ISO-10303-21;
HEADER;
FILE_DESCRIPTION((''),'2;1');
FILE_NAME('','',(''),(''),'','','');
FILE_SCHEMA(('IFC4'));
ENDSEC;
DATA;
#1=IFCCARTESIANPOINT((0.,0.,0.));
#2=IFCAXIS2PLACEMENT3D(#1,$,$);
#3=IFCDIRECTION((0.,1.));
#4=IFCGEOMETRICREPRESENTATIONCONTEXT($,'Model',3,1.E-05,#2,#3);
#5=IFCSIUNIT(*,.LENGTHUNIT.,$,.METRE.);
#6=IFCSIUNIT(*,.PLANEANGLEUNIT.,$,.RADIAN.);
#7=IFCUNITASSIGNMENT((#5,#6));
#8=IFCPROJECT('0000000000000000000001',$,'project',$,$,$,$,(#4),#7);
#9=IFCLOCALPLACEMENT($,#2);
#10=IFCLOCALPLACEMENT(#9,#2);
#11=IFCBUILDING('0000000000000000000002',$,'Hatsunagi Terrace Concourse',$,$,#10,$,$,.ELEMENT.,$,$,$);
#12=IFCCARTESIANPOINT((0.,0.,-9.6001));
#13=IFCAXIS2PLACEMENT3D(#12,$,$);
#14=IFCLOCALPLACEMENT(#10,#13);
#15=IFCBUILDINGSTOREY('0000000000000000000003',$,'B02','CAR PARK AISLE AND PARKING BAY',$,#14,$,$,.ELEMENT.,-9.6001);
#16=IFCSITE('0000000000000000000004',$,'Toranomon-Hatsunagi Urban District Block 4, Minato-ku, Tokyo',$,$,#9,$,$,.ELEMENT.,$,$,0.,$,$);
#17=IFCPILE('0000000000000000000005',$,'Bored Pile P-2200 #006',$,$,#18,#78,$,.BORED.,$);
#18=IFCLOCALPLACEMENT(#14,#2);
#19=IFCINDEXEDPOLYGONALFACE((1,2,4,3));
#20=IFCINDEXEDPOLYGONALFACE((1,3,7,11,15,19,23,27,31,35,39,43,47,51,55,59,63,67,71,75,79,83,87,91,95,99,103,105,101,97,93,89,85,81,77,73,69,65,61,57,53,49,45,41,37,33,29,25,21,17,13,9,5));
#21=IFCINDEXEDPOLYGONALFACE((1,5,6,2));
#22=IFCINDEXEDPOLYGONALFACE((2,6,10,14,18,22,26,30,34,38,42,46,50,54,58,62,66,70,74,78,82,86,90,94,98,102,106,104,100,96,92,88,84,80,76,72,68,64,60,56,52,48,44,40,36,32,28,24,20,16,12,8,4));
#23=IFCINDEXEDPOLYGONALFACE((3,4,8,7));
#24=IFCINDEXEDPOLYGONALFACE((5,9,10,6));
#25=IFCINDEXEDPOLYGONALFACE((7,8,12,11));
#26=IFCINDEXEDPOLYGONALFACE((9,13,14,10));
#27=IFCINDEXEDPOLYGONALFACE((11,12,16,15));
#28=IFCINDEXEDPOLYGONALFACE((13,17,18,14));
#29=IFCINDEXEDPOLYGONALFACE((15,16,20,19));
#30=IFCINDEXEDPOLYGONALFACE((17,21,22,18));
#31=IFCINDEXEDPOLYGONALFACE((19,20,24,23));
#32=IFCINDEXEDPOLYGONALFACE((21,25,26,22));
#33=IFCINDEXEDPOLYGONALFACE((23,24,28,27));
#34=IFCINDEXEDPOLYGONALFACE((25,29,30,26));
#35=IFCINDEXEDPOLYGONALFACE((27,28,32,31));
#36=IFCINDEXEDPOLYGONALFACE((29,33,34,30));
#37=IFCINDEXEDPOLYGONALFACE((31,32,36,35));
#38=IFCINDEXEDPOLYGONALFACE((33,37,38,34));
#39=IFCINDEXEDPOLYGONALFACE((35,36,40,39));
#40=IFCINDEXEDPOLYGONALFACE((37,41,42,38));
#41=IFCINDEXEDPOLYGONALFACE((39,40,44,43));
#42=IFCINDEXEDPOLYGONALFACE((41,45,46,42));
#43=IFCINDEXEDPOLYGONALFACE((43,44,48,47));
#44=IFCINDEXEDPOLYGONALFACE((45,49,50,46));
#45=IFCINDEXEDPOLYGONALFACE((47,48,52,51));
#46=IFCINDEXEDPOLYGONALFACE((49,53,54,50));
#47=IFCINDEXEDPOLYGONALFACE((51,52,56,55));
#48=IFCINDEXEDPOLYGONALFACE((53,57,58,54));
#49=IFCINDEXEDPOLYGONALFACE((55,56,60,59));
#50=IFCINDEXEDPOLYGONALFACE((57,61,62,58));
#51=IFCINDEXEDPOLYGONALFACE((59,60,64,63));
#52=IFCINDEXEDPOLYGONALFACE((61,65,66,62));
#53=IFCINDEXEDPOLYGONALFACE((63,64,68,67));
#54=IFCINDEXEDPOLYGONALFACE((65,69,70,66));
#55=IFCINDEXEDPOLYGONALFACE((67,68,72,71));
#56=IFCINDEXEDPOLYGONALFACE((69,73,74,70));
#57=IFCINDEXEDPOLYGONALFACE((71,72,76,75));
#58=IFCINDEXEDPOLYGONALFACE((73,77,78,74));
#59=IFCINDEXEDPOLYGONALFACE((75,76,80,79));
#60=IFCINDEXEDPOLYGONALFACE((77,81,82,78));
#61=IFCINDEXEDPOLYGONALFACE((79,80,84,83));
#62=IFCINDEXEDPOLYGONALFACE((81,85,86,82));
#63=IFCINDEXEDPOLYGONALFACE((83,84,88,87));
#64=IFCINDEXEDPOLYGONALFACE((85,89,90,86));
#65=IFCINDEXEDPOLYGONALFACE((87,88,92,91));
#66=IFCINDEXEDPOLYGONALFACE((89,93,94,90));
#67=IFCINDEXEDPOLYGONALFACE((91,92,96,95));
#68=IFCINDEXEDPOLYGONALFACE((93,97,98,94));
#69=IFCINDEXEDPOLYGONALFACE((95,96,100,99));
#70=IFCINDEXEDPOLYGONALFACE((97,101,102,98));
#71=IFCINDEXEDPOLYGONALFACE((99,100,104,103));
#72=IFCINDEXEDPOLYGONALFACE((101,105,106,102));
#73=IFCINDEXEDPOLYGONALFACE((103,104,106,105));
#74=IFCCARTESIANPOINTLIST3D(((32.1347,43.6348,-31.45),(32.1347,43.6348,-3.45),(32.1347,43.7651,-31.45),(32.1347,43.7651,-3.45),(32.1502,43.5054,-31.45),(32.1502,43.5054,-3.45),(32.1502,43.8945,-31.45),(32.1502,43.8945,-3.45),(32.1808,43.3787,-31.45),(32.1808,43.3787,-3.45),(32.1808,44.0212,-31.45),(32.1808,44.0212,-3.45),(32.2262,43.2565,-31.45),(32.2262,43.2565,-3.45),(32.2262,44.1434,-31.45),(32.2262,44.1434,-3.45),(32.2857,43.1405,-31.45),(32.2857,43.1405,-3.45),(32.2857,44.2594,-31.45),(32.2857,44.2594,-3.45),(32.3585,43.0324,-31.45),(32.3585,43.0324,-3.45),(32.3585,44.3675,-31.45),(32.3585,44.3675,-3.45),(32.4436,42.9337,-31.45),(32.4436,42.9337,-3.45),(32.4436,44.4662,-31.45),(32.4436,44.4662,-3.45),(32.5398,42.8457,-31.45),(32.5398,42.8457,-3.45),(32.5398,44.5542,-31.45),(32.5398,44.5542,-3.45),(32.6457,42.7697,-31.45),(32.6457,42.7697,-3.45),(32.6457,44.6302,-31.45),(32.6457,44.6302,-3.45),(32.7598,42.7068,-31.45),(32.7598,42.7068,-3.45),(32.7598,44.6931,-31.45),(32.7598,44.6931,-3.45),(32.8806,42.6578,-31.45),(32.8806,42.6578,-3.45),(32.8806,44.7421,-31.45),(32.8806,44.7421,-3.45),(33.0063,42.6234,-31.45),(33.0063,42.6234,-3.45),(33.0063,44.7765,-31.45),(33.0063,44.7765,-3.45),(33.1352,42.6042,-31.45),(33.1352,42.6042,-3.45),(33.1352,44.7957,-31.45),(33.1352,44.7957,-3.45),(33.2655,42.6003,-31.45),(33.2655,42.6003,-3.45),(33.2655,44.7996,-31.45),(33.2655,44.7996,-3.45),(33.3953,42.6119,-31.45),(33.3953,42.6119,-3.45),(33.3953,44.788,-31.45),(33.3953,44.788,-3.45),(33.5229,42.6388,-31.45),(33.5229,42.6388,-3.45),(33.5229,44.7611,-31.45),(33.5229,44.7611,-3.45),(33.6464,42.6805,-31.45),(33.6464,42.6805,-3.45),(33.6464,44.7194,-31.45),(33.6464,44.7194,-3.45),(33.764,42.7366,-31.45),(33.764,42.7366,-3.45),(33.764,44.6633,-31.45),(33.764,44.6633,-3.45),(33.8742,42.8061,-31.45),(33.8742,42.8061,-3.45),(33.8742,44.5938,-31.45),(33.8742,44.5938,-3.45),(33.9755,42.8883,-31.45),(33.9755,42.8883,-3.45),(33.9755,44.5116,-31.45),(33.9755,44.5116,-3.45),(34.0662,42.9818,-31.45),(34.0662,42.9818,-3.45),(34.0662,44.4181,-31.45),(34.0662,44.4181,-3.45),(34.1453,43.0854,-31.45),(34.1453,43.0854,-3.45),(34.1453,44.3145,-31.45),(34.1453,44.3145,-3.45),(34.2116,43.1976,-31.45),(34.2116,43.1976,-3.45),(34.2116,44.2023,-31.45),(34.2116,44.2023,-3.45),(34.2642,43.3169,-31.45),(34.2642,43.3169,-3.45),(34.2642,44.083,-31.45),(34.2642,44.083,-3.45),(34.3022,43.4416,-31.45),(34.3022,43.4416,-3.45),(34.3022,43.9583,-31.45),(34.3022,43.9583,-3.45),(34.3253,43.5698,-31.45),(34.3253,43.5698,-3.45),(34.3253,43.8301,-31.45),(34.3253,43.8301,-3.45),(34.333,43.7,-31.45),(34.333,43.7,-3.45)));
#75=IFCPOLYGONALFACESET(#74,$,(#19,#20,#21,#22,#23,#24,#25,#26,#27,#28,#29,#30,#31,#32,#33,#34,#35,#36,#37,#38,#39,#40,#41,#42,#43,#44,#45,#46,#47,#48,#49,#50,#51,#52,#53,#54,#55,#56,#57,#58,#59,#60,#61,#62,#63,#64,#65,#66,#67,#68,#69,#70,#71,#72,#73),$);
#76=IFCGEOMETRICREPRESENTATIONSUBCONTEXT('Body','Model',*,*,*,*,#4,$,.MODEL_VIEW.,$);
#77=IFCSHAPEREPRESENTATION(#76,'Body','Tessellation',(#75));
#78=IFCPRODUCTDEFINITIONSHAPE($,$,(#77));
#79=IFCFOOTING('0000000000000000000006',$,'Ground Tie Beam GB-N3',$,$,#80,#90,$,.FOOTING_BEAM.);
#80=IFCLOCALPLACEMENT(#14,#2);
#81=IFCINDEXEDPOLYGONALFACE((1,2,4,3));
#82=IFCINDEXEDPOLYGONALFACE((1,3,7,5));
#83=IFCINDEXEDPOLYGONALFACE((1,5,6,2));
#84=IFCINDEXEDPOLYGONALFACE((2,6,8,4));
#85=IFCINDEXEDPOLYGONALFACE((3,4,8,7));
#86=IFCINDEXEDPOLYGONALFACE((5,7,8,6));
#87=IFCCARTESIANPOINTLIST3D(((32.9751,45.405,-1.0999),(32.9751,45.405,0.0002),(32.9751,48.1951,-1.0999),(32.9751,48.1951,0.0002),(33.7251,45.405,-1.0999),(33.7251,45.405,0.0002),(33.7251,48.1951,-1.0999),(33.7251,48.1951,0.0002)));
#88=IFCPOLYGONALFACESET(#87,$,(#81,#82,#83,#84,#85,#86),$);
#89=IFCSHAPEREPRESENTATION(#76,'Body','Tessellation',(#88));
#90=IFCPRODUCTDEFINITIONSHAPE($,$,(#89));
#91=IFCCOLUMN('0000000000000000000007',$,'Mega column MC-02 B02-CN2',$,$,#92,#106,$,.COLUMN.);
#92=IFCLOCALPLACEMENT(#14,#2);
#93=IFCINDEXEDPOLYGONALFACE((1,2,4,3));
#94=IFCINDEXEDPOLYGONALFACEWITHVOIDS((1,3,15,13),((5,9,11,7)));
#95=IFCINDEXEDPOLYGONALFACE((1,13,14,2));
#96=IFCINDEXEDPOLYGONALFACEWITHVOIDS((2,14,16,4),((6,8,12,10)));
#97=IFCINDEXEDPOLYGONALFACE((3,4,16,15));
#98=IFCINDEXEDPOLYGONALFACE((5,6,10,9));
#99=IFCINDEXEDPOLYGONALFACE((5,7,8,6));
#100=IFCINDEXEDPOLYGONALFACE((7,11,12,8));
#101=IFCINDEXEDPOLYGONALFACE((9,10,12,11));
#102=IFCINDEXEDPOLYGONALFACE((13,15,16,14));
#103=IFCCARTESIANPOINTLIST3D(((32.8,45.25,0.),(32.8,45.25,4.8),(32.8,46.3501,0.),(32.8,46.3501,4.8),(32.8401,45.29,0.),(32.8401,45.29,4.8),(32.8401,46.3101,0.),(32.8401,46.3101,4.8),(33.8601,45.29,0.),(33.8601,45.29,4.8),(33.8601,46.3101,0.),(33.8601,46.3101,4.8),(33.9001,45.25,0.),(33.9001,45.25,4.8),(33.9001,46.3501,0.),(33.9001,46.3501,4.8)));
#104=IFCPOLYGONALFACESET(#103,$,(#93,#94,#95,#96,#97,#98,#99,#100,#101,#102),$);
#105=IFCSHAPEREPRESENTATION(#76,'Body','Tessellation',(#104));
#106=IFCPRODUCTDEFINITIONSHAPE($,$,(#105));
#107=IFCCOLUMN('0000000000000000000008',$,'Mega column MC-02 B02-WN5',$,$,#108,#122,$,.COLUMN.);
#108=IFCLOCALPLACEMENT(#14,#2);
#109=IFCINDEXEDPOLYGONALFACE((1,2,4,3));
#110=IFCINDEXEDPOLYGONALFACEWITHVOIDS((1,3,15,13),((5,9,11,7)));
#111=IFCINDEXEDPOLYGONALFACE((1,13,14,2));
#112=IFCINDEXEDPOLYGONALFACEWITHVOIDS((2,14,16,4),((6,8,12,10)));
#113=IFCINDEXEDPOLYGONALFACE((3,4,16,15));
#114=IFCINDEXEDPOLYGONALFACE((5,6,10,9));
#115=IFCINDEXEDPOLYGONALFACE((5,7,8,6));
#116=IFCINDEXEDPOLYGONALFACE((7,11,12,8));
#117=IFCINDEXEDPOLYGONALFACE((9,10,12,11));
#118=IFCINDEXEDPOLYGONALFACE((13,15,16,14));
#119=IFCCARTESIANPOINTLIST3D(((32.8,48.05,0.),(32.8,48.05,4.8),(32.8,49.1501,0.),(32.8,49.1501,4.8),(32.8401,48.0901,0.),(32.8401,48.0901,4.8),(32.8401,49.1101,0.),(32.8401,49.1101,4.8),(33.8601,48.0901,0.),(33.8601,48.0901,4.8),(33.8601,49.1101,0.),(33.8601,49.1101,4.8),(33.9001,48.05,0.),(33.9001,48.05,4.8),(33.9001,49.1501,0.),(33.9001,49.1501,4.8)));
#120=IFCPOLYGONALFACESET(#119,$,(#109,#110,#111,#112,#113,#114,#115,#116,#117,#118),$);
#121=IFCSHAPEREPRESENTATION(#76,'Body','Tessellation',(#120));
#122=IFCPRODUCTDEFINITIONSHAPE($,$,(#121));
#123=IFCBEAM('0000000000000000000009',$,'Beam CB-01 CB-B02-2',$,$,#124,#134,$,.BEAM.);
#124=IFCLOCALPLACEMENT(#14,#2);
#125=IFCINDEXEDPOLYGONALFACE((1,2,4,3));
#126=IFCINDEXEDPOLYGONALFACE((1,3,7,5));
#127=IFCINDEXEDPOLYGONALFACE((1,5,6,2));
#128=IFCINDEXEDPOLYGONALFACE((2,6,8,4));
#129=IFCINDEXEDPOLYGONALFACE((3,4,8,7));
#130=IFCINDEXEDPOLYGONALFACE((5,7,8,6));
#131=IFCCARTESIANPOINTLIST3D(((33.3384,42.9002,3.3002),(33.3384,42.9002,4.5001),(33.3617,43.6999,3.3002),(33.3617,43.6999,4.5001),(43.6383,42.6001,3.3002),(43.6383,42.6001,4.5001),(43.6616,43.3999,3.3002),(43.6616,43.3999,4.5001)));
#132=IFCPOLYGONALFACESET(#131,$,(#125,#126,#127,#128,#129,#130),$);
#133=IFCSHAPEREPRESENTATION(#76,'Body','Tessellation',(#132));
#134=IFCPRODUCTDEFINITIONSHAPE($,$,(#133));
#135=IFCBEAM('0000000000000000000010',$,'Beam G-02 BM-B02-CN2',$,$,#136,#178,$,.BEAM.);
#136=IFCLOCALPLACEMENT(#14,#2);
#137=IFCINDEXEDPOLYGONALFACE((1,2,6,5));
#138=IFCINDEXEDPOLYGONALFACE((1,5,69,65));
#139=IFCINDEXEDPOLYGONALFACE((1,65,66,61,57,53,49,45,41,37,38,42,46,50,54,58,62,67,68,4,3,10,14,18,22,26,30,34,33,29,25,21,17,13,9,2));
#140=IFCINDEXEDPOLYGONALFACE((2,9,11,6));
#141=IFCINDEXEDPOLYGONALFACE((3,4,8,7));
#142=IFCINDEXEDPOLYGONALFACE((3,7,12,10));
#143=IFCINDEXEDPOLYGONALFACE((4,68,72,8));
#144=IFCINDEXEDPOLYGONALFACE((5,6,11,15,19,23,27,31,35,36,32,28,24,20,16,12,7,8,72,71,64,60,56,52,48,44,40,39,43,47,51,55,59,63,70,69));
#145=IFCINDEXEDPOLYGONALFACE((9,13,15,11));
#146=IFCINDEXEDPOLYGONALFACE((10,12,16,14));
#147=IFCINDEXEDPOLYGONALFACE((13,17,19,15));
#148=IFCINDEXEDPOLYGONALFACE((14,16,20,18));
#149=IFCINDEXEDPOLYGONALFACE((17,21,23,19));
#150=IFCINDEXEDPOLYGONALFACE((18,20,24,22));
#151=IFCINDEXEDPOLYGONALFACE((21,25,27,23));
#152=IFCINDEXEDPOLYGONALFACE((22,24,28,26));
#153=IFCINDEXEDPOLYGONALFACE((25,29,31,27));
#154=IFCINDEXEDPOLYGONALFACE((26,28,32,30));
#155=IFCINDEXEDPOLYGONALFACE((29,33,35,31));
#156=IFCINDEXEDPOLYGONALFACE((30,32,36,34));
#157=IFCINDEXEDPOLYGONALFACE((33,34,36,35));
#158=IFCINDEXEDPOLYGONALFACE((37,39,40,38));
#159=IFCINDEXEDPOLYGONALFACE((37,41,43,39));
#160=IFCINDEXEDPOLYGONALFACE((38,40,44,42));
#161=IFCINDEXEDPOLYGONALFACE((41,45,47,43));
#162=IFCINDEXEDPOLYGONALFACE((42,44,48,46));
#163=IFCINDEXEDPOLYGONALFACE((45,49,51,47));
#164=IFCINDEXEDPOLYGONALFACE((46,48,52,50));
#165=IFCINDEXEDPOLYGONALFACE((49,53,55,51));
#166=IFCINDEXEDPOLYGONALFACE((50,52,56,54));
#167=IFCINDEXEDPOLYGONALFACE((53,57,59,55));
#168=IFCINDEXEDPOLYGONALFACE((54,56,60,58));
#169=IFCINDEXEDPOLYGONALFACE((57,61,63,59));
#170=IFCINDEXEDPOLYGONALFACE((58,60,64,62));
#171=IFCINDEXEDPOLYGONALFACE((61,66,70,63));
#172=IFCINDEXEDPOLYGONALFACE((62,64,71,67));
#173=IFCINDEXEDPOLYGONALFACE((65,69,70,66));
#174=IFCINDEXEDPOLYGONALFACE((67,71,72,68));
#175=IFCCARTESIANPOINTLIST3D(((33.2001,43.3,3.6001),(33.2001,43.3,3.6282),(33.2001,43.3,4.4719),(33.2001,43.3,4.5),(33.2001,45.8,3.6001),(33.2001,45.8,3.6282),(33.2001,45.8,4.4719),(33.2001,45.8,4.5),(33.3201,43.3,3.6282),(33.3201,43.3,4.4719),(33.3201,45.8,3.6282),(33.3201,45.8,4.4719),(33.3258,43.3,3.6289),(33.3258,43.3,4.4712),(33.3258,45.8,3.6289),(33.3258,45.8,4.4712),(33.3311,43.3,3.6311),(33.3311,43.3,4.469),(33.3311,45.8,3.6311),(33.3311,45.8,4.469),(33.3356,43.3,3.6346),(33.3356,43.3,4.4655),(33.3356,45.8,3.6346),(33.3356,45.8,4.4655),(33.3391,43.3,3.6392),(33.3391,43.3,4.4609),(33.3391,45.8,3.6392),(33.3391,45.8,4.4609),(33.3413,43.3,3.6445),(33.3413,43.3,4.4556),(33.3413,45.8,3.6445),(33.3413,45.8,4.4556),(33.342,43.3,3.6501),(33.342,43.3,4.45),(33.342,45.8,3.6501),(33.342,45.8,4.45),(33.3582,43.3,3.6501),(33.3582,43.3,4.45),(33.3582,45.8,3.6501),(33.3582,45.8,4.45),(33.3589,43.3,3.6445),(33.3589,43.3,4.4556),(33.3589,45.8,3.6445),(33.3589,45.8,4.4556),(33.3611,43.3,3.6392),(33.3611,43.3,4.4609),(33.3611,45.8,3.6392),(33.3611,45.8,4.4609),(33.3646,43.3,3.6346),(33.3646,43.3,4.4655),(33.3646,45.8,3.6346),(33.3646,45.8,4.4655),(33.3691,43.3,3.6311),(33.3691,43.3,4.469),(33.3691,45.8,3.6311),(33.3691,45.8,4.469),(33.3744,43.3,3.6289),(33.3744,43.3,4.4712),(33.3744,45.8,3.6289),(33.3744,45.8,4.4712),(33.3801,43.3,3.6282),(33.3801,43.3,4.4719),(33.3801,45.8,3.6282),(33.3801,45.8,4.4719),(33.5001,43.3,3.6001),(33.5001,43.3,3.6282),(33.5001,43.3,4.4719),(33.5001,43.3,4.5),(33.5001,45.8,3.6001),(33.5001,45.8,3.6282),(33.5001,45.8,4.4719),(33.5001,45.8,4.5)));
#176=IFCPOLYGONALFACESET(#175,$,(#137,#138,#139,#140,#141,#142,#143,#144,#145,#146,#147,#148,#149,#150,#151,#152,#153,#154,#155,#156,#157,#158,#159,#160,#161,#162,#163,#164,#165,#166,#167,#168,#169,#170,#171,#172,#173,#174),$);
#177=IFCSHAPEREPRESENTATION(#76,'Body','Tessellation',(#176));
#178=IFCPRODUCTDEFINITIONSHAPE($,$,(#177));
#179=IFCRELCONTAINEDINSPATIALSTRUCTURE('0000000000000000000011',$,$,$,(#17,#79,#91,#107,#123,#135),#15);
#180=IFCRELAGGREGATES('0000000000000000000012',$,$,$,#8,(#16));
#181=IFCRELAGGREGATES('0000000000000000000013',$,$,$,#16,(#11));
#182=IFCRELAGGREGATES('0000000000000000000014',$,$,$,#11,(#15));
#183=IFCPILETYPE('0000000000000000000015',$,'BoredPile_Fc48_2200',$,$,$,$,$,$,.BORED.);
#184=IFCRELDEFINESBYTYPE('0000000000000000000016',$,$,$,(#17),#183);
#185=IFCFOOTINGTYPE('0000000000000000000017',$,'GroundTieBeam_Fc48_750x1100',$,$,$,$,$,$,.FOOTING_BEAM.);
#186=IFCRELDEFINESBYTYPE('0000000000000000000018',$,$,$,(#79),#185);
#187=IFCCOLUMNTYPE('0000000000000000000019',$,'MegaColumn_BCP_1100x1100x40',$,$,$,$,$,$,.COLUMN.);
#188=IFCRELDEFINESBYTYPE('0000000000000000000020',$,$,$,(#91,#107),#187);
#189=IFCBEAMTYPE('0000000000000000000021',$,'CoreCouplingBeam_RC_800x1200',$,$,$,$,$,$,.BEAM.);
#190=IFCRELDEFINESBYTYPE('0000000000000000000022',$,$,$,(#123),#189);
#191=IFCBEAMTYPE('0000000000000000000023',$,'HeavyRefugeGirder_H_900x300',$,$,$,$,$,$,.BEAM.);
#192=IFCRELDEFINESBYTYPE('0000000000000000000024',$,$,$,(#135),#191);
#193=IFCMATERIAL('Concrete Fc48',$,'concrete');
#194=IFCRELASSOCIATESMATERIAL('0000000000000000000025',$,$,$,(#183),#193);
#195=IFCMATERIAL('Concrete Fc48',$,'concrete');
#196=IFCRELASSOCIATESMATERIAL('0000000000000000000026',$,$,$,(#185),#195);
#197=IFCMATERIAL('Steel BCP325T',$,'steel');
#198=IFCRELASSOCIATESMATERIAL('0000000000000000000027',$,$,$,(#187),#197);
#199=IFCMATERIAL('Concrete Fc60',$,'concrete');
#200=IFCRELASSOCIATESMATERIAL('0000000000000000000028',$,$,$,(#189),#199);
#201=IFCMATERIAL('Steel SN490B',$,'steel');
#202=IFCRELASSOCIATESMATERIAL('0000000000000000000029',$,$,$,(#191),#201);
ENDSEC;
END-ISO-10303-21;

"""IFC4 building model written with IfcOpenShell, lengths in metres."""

from ifc_helpers import new_model, si_unit, direction, frame, origin, origin_2d, place, context, subcontext, project, spatial, rectangle, hollow_rectangle, circle, i_section, extrude, material, material_profile, profile_set, type_object, element, save


model = new_model("IFC4")

# Units and contexts
model_context = context("Model", 3, precision=1e-05, world=origin(), true_north=direction((0.0, 1.0)))
body_context = subcontext(model_context, "Body", "Model", "MODEL_VIEW")
ifc_project = project(units=[si_unit("LENGTHUNIT", "METRE"), si_unit("PLANEANGLEUNIT", "RADIAN")], contexts=[model_context])

# Site, building, storey
site_placement = place(None, origin())
site = spatial("IfcSite", under=ifc_project, at=site_placement, Name="Toranomon-Hatsunagi Urban District Block 4, Minato-ku, Tokyo", CompositionType="ELEMENT", RefElevation=0.0)
building_placement = place(site_placement, origin())
building = spatial("IfcBuilding", under=site, at=building_placement, Name="Hatsunagi Terrace Concourse", CompositionType="ELEMENT")
storey_placement = place(building_placement, frame((0.0, 0.0, -9.6001)))
storey = spatial("IfcBuildingStorey", under=building, at=storey_placement, Name="B02", Description="CAR PARK AISLE AND PARKING BAY", CompositionType="ELEMENT", Elevation=-9.6001)

# Pile
ifc_material_1 = material(Name="Concrete Fc48", Category="concrete")
ifc_material_profile_1 = material_profile(ifc_material_1, circle(Radius=1.1001, at=origin_2d()), Name="PILE-2200")
ifc_profile_set_1 = profile_set([ifc_material_profile_1], Name="Concrete Fc48")
pile_type = type_object("IfcPileType", Name="BoredPile_Fc48_2200", PredefinedType="BORED", material=ifc_profile_set_1)
pile_placement = place(storey_placement, frame((33.2329, 43.7, -3.45), z_axis=(0.0, 0.0, -1.0), x_axis=(1.0, 0.0, 0.0)))
element("IfcPile", 1, at=pile_placement, inside=storey, type_object=pile_type, Name="Bored Pile P-2200 #006", PredefinedType="BORED", context=body_context, shape_type="SweptSolid", body=[
    extrude(circle(Radius=1.1001, at=origin_2d()), origin(), (0.0, 0.0, 1.0), 28.0),
])

# Footing
ifc_material_2 = material(Name="Concrete Fc48", Category="concrete")
ifc_material_profile_2 = material_profile(ifc_material_2, rectangle(XDim=0.75, YDim=1.1001, at=origin_2d()), Name="RC-750x1100")
ifc_profile_set_2 = profile_set([ifc_material_profile_2], Name="Concrete Fc48")
footing_type = type_object("IfcFootingType", Name="GroundTieBeam_Fc48_750x1100", PredefinedType="FOOTING_BEAM", material=ifc_profile_set_2)
footing_placement = place(storey_placement, frame((33.3501, 45.405, -0.5498), z_axis=(0.0, 1.0, 0.0), x_axis=(-1.0, 0.0, 0.0)))
element("IfcFooting", 2, at=footing_placement, inside=storey, type_object=footing_type, Name="Ground Tie Beam GB-N3", PredefinedType="FOOTING_BEAM", context=body_context, shape_type="SweptSolid", body=[
    extrude(rectangle(XDim=0.75, YDim=1.1001, at=origin_2d()), origin(), (0.0, 0.0, 1.0), 2.79),
])

# Columns
ifc_material_3 = material(Name="Steel BCP325T", Category="steel")
ifc_material_profile_3 = material_profile(ifc_material_3, hollow_rectangle(XDim=1.1001, YDim=1.1001, WallThickness=0.04, at=origin_2d()), Name="BCP-1100x1100x40")
ifc_profile_set_3 = profile_set([ifc_material_profile_3], Name="Steel BCP325T")
column_type = type_object("IfcColumnType", Name="MegaColumn_BCP_1100x1100x40", PredefinedType="COLUMN", material=ifc_profile_set_3)
for number, where, z_axis, x_axis, name in (
    (3, (33.3501, 45.8, 0.0), (0.0, 0.0, 1.0), (1.0, 0.0, 0.0), "Mega column MC-02 B02-CN2"),
    (4, (33.3501, 48.6001, 0.0), (0.0, 0.0, 1.0), (1.0, 0.0, 0.0), "Mega column MC-02 B02-WN5"),
):
    element("IfcColumn", number, at=place(storey_placement, frame(where, z_axis=z_axis, x_axis=x_axis)), inside=storey, type_object=column_type, Name=name, PredefinedType="COLUMN", context=body_context, shape_type="SweptSolid", body=[
        extrude(hollow_rectangle(XDim=1.1001, YDim=1.1001, WallThickness=0.04, at=origin_2d()), origin(), (0.0, 0.0, 1.0), 4.8),
    ])

# Beams
ifc_material_4 = material(Name="Concrete Fc60", Category="concrete")
ifc_material_profile_4 = material_profile(ifc_material_4, rectangle(XDim=0.8, YDim=1.2, at=origin_2d()), Name="RC-800x1200")
ifc_profile_set_4 = profile_set([ifc_material_profile_4], Name="Concrete Fc60")
beam_type_1 = type_object("IfcBeamType", Name="CoreCouplingBeam_RC_800x1200", PredefinedType="BEAM", material=ifc_profile_set_4)
beam_1_placement = place(storey_placement, frame((33.3501, 43.3, 3.9001), z_axis=(0.999576, -0.029119, 0.0), x_axis=(0.029119, 0.999576, 0.0)))
element("IfcBeam", 5, at=beam_1_placement, inside=storey, type_object=beam_type_1, Name="Beam CB-01 CB-B02-2", PredefinedType="BEAM", context=body_context, shape_type="SweptSolid", body=[
    extrude(rectangle(XDim=0.8, YDim=1.2, at=origin_2d()), origin(), (0.0, 0.0, 1.0), 10.3042),
])
ifc_material_5 = material(Name="Steel SN490B", Category="steel")
ifc_material_profile_5 = material_profile(ifc_material_5, i_section(OverallWidth=0.3, OverallDepth=0.8999, WebThickness=0.0161, FlangeThickness=0.0281, FilletRadius=0.022, at=origin_2d()), Name="H-900x300x16x28")
ifc_profile_set_5 = profile_set([ifc_material_profile_5], Name="Steel SN490B")
beam_type_2 = type_object("IfcBeamType", Name="HeavyRefugeGirder_H_900x300", PredefinedType="BEAM", material=ifc_profile_set_5)
beam_2_placement = place(storey_placement, frame((33.3501, 43.3, 4.05), z_axis=(0.0, 1.0, 0.0), x_axis=(-1.0, 0.0, 0.0)))
element("IfcBeam", 6, at=beam_2_placement, inside=storey, type_object=beam_type_2, Name="Beam G-02 BM-B02-CN2", PredefinedType="BEAM", context=body_context, shape_type="SweptSolid", body=[
    extrude(i_section(OverallWidth=0.3, OverallDepth=0.8999, WebThickness=0.0161, FlangeThickness=0.0281, FilletRadius=0.022, at=origin_2d()), origin(), (0.0, 0.0, 1.0), 2.5),
])

save(model, "model.ifc")
